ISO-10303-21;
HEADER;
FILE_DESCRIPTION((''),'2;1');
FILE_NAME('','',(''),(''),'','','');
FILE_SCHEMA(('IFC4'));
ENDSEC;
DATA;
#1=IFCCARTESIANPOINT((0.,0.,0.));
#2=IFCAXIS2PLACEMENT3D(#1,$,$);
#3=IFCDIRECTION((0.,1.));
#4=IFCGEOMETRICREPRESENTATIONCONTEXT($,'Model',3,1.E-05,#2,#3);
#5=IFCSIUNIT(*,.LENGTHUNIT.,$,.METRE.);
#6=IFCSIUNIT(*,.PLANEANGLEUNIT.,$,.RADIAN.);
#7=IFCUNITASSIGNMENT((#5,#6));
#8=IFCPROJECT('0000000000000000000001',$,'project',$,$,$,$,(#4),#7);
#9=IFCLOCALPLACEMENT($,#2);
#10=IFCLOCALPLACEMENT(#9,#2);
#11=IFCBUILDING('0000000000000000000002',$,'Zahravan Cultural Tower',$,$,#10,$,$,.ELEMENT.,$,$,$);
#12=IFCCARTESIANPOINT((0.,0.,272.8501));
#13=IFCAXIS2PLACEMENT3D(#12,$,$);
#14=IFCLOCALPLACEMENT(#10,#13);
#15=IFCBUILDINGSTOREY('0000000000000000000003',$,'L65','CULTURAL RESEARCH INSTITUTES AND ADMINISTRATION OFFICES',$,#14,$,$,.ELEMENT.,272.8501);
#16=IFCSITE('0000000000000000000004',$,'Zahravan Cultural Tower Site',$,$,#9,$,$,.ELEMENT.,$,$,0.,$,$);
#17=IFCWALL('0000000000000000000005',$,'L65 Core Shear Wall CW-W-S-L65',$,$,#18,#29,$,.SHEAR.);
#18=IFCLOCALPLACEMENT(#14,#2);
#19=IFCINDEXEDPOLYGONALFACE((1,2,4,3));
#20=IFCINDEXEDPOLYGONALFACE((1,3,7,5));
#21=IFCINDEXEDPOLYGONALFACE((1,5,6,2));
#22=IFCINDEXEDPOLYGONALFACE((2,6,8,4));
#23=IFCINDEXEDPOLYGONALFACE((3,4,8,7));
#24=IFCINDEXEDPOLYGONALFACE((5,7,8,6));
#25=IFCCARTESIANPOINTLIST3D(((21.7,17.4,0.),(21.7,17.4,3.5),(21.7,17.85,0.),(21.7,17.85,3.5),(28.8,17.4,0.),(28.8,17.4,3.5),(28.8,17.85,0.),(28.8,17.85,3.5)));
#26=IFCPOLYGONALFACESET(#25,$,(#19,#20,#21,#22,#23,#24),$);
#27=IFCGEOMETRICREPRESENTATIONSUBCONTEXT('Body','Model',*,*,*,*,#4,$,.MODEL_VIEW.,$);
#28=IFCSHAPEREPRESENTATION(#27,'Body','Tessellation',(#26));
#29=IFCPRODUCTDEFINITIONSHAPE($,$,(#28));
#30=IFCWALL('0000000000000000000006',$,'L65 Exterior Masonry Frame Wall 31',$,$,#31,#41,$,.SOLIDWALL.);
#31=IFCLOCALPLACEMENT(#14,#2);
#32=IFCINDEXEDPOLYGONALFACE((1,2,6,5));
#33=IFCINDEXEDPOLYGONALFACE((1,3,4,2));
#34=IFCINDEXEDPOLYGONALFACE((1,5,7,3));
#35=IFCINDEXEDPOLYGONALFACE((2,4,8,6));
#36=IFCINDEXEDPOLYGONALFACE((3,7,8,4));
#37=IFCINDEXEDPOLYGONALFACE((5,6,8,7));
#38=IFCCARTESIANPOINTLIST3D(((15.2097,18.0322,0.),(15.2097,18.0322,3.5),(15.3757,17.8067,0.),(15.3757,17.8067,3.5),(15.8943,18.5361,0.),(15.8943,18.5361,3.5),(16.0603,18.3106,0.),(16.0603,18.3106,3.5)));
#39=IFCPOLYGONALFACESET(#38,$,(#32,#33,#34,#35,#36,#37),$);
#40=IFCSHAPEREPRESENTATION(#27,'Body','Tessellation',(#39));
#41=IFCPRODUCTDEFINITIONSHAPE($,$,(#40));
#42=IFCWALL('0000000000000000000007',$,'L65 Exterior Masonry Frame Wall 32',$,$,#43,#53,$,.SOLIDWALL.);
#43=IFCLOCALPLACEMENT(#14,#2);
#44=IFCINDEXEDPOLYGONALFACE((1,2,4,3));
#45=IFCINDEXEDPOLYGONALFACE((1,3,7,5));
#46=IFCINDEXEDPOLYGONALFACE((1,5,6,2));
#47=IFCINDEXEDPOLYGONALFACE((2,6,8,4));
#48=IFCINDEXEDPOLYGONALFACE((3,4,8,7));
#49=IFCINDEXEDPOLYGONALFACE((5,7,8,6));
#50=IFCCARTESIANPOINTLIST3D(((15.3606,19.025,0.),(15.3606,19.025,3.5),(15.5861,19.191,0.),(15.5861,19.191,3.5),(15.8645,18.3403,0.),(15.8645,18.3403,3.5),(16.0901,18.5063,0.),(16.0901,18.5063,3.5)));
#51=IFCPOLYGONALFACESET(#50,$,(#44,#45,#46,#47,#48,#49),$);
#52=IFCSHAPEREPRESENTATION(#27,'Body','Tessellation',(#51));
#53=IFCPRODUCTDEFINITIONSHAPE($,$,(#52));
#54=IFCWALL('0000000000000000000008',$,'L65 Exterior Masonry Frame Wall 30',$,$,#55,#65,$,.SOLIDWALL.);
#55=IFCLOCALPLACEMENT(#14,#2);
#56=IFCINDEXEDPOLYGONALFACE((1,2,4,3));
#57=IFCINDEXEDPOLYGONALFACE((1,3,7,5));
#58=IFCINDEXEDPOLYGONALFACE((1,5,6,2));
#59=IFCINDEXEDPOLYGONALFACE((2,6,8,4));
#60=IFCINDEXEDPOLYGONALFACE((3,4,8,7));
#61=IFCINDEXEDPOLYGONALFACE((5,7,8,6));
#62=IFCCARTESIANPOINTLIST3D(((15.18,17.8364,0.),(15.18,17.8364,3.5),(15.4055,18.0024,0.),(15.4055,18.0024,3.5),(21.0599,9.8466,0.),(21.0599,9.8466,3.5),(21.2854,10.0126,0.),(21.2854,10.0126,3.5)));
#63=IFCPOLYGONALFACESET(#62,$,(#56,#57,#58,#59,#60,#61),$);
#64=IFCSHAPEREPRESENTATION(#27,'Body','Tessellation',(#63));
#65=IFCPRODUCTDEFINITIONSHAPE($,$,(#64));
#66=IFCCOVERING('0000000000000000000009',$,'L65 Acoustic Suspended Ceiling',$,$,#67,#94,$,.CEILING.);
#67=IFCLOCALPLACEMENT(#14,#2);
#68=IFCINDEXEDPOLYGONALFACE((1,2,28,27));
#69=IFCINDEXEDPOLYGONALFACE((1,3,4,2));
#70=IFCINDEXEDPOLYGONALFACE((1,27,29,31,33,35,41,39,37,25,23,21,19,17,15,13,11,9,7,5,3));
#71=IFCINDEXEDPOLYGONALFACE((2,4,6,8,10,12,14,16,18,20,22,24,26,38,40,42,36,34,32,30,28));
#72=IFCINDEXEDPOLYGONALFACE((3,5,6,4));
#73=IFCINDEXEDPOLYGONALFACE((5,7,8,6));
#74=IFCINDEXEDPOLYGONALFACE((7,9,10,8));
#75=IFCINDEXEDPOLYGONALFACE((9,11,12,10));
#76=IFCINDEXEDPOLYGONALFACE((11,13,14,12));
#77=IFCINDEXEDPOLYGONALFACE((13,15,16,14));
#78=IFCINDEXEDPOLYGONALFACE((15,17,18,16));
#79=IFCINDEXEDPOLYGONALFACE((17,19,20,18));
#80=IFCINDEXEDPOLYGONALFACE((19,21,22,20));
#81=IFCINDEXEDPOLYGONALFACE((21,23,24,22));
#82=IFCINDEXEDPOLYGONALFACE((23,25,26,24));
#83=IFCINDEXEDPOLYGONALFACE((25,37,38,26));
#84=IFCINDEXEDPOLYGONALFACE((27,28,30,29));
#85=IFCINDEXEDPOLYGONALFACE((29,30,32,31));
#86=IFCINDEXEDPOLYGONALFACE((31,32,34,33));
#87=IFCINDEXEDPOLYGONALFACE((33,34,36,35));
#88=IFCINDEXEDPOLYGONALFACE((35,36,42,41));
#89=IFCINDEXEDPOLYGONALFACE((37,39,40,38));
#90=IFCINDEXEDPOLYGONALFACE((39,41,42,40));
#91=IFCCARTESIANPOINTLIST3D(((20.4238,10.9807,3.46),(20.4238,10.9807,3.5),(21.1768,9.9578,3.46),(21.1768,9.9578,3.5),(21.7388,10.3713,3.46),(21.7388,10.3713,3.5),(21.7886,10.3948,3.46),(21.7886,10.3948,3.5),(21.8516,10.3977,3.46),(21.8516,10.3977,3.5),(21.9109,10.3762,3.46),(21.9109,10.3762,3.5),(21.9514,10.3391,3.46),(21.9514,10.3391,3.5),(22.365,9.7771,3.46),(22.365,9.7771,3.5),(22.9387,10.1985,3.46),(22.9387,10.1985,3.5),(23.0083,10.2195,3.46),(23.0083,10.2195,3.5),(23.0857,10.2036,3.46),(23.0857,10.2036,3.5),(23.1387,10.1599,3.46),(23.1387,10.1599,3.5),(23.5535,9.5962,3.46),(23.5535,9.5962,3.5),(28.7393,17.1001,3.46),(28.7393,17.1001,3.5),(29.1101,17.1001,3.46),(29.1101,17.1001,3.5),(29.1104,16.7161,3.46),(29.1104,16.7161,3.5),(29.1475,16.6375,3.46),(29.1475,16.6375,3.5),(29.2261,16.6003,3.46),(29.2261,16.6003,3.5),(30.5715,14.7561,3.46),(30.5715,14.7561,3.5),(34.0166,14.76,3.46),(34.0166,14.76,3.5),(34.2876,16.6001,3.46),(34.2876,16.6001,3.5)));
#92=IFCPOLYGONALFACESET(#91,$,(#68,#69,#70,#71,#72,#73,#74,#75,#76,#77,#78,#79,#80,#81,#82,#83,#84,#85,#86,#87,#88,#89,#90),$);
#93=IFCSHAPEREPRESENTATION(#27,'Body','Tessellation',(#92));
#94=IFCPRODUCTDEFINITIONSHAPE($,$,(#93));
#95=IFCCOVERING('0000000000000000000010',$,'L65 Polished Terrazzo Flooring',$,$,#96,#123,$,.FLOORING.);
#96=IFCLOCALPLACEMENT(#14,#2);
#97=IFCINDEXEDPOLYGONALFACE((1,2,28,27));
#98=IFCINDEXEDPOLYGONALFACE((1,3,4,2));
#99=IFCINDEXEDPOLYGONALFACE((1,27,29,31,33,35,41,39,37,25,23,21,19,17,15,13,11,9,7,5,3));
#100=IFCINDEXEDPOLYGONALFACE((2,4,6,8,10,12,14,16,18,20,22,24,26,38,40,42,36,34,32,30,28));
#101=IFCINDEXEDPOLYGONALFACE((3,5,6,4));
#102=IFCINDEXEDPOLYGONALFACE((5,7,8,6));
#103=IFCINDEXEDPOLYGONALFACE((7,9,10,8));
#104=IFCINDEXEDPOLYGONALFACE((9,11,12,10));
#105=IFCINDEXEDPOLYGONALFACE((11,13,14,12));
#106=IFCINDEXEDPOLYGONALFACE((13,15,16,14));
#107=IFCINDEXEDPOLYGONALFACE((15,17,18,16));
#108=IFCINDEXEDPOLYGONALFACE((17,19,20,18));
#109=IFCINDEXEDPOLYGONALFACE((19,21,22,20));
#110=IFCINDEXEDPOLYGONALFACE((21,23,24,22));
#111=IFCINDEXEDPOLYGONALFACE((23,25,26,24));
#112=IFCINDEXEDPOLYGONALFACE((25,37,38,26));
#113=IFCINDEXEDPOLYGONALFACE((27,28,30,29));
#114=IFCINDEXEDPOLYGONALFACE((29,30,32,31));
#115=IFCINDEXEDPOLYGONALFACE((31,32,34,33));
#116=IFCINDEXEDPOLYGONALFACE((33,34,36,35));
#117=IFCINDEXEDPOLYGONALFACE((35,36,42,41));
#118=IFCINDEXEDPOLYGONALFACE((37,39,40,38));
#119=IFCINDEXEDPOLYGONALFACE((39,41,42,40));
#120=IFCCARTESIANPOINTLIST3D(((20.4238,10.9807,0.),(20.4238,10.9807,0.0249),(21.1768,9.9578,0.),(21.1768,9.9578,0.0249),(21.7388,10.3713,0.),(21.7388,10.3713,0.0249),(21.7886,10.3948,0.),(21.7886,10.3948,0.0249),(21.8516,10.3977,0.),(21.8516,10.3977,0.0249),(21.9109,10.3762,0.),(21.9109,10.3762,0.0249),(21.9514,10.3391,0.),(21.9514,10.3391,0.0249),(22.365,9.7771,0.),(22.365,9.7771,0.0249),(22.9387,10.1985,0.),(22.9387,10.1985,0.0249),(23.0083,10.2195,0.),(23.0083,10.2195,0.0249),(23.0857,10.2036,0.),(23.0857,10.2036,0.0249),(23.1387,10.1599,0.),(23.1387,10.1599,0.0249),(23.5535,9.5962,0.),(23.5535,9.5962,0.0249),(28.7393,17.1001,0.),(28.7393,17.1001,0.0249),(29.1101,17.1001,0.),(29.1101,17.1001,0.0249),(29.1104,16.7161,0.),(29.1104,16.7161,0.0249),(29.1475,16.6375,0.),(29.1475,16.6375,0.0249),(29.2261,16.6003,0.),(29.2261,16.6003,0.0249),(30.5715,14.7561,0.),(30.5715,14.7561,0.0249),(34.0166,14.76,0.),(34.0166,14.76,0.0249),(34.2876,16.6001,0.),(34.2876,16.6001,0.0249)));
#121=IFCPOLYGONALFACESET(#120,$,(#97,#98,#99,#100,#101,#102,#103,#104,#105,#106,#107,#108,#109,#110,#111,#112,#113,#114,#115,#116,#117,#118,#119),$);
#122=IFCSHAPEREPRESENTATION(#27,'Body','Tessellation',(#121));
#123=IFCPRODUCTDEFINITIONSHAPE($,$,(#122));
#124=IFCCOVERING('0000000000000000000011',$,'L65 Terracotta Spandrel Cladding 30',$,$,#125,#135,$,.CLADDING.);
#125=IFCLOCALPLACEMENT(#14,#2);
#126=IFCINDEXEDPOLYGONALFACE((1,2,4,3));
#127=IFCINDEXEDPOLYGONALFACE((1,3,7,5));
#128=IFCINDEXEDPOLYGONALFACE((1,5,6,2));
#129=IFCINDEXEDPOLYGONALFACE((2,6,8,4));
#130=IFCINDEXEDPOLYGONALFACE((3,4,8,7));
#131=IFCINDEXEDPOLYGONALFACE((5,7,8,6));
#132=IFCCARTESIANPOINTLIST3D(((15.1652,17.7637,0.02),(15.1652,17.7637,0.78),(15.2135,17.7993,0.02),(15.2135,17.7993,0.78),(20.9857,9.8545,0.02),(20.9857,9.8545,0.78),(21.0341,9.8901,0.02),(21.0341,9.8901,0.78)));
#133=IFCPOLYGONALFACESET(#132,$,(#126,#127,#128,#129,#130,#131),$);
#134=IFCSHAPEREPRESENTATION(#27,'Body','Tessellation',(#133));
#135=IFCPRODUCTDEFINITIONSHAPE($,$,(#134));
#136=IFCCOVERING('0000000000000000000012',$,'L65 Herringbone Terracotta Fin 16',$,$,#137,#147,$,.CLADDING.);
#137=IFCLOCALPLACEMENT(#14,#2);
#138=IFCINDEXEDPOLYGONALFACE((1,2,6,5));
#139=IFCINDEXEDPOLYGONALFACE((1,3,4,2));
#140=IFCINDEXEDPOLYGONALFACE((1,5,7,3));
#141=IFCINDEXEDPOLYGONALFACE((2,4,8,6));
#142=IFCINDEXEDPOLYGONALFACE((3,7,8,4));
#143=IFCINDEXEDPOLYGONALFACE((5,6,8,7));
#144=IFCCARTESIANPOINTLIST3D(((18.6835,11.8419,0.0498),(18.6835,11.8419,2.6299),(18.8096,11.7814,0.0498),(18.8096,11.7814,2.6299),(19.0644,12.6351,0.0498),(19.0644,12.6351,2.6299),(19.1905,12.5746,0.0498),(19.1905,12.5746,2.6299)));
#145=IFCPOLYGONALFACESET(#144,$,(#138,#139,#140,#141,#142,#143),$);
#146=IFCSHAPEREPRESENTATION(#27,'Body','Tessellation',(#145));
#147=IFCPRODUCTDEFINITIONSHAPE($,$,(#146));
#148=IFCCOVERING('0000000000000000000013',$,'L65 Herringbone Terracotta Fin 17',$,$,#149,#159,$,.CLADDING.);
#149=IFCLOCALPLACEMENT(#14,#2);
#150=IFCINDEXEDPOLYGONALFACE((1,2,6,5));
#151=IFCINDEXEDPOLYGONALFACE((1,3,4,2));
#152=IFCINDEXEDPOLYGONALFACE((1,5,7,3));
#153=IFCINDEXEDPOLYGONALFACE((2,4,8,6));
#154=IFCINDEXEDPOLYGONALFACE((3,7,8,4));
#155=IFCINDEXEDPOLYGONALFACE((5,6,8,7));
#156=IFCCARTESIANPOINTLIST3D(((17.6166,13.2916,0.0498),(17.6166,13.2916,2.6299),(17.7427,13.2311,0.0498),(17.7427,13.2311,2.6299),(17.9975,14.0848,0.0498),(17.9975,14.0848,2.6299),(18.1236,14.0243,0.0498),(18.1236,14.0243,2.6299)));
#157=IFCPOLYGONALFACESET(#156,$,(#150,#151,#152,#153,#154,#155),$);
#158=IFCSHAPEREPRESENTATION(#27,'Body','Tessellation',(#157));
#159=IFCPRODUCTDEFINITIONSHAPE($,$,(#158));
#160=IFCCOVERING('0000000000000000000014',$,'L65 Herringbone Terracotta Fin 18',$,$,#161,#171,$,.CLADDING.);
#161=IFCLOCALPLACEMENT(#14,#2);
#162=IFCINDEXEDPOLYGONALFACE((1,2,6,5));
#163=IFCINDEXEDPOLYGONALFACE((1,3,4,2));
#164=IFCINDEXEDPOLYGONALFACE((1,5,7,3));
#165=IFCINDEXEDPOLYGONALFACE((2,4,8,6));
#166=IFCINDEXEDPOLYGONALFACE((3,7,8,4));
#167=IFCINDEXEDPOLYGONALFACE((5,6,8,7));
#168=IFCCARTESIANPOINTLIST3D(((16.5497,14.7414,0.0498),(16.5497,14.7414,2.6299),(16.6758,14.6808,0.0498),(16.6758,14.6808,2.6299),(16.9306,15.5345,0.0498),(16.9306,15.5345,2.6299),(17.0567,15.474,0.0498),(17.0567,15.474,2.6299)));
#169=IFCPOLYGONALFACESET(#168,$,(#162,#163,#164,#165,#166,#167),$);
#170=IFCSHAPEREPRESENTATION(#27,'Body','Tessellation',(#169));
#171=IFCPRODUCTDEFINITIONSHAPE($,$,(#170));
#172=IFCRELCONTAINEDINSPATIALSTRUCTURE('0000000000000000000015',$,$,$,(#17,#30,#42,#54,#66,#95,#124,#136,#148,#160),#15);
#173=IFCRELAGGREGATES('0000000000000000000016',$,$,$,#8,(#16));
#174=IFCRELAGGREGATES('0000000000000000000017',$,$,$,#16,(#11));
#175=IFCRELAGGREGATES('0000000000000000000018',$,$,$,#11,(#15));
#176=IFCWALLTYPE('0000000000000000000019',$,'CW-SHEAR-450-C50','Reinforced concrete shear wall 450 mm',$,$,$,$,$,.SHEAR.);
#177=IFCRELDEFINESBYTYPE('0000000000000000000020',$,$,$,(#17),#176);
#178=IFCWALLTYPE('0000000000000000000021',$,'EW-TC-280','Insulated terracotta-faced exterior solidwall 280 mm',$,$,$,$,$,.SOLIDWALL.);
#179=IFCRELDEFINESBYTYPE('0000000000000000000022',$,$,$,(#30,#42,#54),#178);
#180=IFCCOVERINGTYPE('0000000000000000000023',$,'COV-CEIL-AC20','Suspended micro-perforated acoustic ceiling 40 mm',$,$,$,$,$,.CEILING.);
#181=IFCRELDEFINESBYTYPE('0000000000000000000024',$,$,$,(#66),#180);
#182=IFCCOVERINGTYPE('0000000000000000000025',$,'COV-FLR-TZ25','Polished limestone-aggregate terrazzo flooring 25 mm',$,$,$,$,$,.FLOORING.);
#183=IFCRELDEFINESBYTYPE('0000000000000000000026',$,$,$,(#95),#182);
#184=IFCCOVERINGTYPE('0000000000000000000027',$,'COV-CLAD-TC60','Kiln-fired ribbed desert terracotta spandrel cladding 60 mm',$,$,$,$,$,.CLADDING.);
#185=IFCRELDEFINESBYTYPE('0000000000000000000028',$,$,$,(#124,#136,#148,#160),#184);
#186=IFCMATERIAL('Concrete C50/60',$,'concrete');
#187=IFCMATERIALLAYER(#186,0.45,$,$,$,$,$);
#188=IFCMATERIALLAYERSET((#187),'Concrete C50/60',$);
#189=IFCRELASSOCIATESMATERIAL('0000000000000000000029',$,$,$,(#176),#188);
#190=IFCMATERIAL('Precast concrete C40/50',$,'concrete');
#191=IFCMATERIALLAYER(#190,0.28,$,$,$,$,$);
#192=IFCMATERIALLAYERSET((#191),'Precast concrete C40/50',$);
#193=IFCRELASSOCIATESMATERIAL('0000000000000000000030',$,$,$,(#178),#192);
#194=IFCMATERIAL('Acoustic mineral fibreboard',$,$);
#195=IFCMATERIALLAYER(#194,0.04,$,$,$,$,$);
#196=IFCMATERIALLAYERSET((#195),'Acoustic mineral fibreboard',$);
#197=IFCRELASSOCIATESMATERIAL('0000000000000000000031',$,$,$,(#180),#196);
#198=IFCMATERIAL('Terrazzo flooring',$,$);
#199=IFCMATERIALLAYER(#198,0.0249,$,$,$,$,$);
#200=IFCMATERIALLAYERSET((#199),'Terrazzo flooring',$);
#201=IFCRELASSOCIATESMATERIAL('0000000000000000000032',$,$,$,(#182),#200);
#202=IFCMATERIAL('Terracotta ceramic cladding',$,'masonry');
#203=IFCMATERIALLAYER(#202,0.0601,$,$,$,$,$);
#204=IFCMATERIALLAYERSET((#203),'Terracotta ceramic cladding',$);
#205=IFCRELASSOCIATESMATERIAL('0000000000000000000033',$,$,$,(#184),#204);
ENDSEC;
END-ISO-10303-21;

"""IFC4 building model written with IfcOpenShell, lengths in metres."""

from ifc_helpers import new_model, si_unit, direction, frame, frame_2d, origin, origin_2d, place, context, subcontext, project, spatial, polyline, rectangle, outline, extrude, source, transform, mapped, material, layer, layer_set, type_object, element, save


model = new_model("IFC4")

# Units and contexts
model_context = context("Model", 3, precision=1e-05, world=origin(), true_north=direction((0.0, 1.0)))
body_context = subcontext(model_context, "Body", "Model", "MODEL_VIEW")
ifc_project = project(units=[si_unit("LENGTHUNIT", "METRE"), si_unit("PLANEANGLEUNIT", "RADIAN")], contexts=[model_context])

# Site, building, storey
site_placement = place(None, origin())
site = spatial("IfcSite", under=ifc_project, at=site_placement, Name="Zahravan Cultural Tower Site", CompositionType="ELEMENT", RefElevation=0.0)
building_placement = place(site_placement, origin())
building = spatial("IfcBuilding", under=site, at=building_placement, Name="Zahravan Cultural Tower", CompositionType="ELEMENT")
storey_placement = place(building_placement, frame((0.0, 0.0, 272.8501)))
storey = spatial("IfcBuildingStorey", under=building, at=storey_placement, Name="L65", Description="CULTURAL RESEARCH INSTITUTES AND ADMINISTRATION OFFICES", CompositionType="ELEMENT", Elevation=272.8501)

# Shared definitions
ifc_material_1 = material(Name="Concrete C50/60", Category="concrete")

# Walls
ifc_layer_1 = layer(ifc_material_1, 0.45)
ifc_layer_set_1 = layer_set([ifc_layer_1], Name="Concrete C50/60")
wall_type_1 = type_object("IfcWallType", Name="CW-SHEAR-450-C50", Description="Reinforced concrete shear wall 450 mm", PredefinedType="SHEAR", material=ifc_layer_set_1)
shared_shape_1 = source(origin(), body_context, "Body", "SweptSolid", [
    extrude(rectangle(XDim=7.1001, YDim=0.45, at=frame_2d((3.55, 0.0))), origin(), (0.0, 0.0, 1.0), 3.5),
])
wall_1_placement = place(storey_placement, frame((21.7, 17.625, 0.0), z_axis=(0.0, 0.0, 1.0), x_axis=(1.0, 0.0, 0.0)))
element("IfcWall", 1, at=wall_1_placement, inside=storey, type_object=wall_type_1, Name="L65 Core Shear Wall CW-W-S-L65", PredefinedType="SHEAR", context=body_context, shape_type="MappedRepresentation", body=[
    mapped(shared_shape_1, transform((0.0, 0.0, 0.0), x_axis=(1.0, 0.0, 0.0), y_axis=(0.0, 1.0, 0.0), z_axis=(0.0, 0.0, 1.0), scale=1.0)),
])
ifc_material_2 = material(Name="Precast concrete C40/50", Category="concrete")
ifc_layer_2 = layer(ifc_material_2, 0.28)
ifc_layer_set_2 = layer_set([ifc_layer_2], Name="Precast concrete C40/50")
wall_type_2 = type_object("IfcWallType", Name="EW-TC-280", Description="Insulated terracotta-faced exterior solidwall 280 mm", PredefinedType="SOLIDWALL", material=ifc_layer_set_2)
shared_shape_2 = source(origin(), body_context, "Body", "SweptSolid", [
    extrude(rectangle(XDim=0.8501, YDim=0.28, at=frame_2d((0.425, 0.0))), origin(), (0.0, 0.0, 1.0), 3.5),
])
for number, where, z_axis, x_axis, name in (
    (2, (15.2927, 17.9194, 0.0), (0.0, 0.0, 1.0), (0.805345, 0.592807, 0.0), "L65 Exterior Masonry Frame Wall 31"),
    (3, (15.9773, 18.4233, 0.0), (0.0, 0.0, 1.0), (-0.592807, 0.805345, 0.0), "L65 Exterior Masonry Frame Wall 32"),
):
    element("IfcWall", number, at=place(storey_placement, frame(where, z_axis=z_axis, x_axis=x_axis)), inside=storey, type_object=wall_type_2, Name=name, PredefinedType="SOLIDWALL", context=body_context, shape_type="MappedRepresentation", body=[
        mapped(shared_shape_2, transform((0.0, 0.0, 0.0), x_axis=(1.0, 0.0, 0.0), y_axis=(0.0, 1.0, 0.0), z_axis=(0.0, 0.0, 1.0), scale=1.0)),
    ])
shared_shape_3 = source(origin(), body_context, "Body", "SweptSolid", [
    extrude(rectangle(XDim=9.9202, YDim=0.28, at=frame_2d((4.96, 0.0))), origin(), (0.0, 0.0, 1.0), 3.5),
])
wall_2_placement = place(storey_placement, frame((21.1726, 9.9297, 0.0), z_axis=(0.0, 0.0, 1.0), x_axis=(-0.592722, 0.805407, 0.0)))
element("IfcWall", 4, at=wall_2_placement, inside=storey, type_object=wall_type_2, Name="L65 Exterior Masonry Frame Wall 30", PredefinedType="SOLIDWALL", context=body_context, shape_type="MappedRepresentation", body=[
    mapped(shared_shape_3, transform((0.0, 0.0, 0.0), x_axis=(1.0, 0.0, 0.0), y_axis=(0.0, 1.0, 0.0), z_axis=(0.0, 0.0, 1.0), scale=1.0)),
])

# Coverings
ifc_material_3 = material(Name="Acoustic mineral fibreboard")
ifc_layer_3 = layer(ifc_material_3, 0.04)
ifc_layer_set_3 = layer_set([ifc_layer_3], Name="Acoustic mineral fibreboard")
covering_type_1 = type_object("IfcCoveringType", Name="COV-CEIL-AC20", Description="Suspended micro-perforated acoustic ceiling 40 mm", PredefinedType="CEILING", material=ifc_layer_set_3)
covering_1_placement = place(storey_placement, frame((0.0, 0.0, 3.46)))
element("IfcCovering", 5, at=covering_1_placement, inside=storey, type_object=covering_type_1, Name="L65 Acoustic Suspended Ceiling", PredefinedType="CEILING", context=body_context, shape_type="SweptSolid", body=[
    extrude(outline(polyline([(21.1768, 9.9578), (21.7388, 10.3713), (21.7886, 10.3948), (21.8516, 10.3977), (21.9109, 10.3762), (21.9514, 10.3391), (22.365, 9.7771), (22.9387, 10.1985), (23.0083, 10.2195), (23.0857, 10.2036), (23.1387, 10.1599), (23.5535, 9.5962), (30.5715, 14.7561), (34.0166, 14.76), (34.2876, 16.6001), (29.2261, 16.6003), (29.1475, 16.6375), (29.1104, 16.7161), (29.1101, 17.1001), (28.7393, 17.1001), (20.4238, 10.9807), (21.1768, 9.9578)])), origin(), (0.0, 0.0, 1.0), 0.04),
])
ifc_material_4 = material(Name="Terrazzo flooring")
ifc_layer_4 = layer(ifc_material_4, 0.0249)
ifc_layer_set_4 = layer_set([ifc_layer_4], Name="Terrazzo flooring")
covering_type_2 = type_object("IfcCoveringType", Name="COV-FLR-TZ25", Description="Polished limestone-aggregate terrazzo flooring 25 mm", PredefinedType="FLOORING", material=ifc_layer_set_4)
covering_2_placement = place(storey_placement, origin())
element("IfcCovering", 6, at=covering_2_placement, inside=storey, type_object=covering_type_2, Name="L65 Polished Terrazzo Flooring", PredefinedType="FLOORING", context=body_context, shape_type="SweptSolid", body=[
    extrude(outline(polyline([(21.1768, 9.9578), (21.7388, 10.3713), (21.7886, 10.3948), (21.8516, 10.3977), (21.9109, 10.3762), (21.9514, 10.3391), (22.365, 9.7771), (22.9387, 10.1985), (23.0083, 10.2195), (23.0857, 10.2036), (23.1387, 10.1599), (23.5535, 9.5962), (30.5715, 14.7561), (34.0166, 14.76), (34.2876, 16.6001), (29.2261, 16.6003), (29.1475, 16.6375), (29.1104, 16.7161), (29.1101, 17.1001), (28.7393, 17.1001), (20.4238, 10.9807), (21.1768, 9.9578)])), origin(), (0.0, 0.0, 1.0), 0.0249),
])
ifc_material_5 = material(Name="Terracotta ceramic cladding", Category="masonry")
ifc_layer_5 = layer(ifc_material_5, 0.0601)
ifc_layer_set_5 = layer_set([ifc_layer_5], Name="Terracotta ceramic cladding")
covering_type_3 = type_object("IfcCoveringType", Name="COV-CLAD-TC60", Description="Kiln-fired ribbed desert terracotta spandrel cladding 60 mm", PredefinedType="CLADDING", material=ifc_layer_set_5)
shared_shape_4 = source(origin(), body_context, "Body", "SweptSolid", [
    extrude(rectangle(XDim=9.8201, YDim=0.0601, at=origin_2d()), origin(), (0.0, 0.0, 1.0), 0.76),
])
covering_3_placement = place(storey_placement, frame((18.0996, 13.8269, 0.02), z_axis=(0.0, 0.0, 1.0), x_axis=(-0.592716, 0.805411, 0.0)))
element("IfcCovering", 7, at=covering_3_placement, inside=storey, type_object=covering_type_3, Name="L65 Terracotta Spandrel Cladding 30", PredefinedType="CLADDING", context=body_context, shape_type="MappedRepresentation", body=[
    mapped(shared_shape_4, transform((0.0, 0.0, 0.0), x_axis=(1.0, 0.0, 0.0), y_axis=(0.0, 1.0, 0.0), z_axis=(0.0, 0.0, 1.0), scale=1.0)),
])
shared_shape_5 = source(origin(), body_context, "Body", "SweptSolid", [
    extrude(rectangle(XDim=0.8799, YDim=0.1399, at=origin_2d()), origin(), (0.0, 0.0, 1.0), 2.5801),
])
for number, where, z_axis, x_axis, name in (
    (8, (18.937, 12.2083, 0.0498), (0.0, 0.0, 1.0), (-0.432873, -0.901455, 0.0), "L65 Herringbone Terracotta Fin 16"),
    (9, (17.8701, 13.658, 0.0498), (0.0, 0.0, 1.0), (-0.432873, -0.901455, 0.0), "L65 Herringbone Terracotta Fin 17"),
    (10, (16.8032, 15.1077, 0.0498), (0.0, 0.0, 1.0), (-0.432873, -0.901455, 0.0), "L65 Herringbone Terracotta Fin 18"),
):
    element("IfcCovering", number, at=place(storey_placement, frame(where, z_axis=z_axis, x_axis=x_axis)), inside=storey, type_object=covering_type_3, Name=name, PredefinedType="CLADDING", context=body_context, shape_type="MappedRepresentation", body=[
        mapped(shared_shape_5, transform((0.0, 0.0, 0.0), x_axis=(1.0, 0.0, 0.0), y_axis=(0.0, 1.0, 0.0), z_axis=(0.0, 0.0, 1.0), scale=1.0)),
    ])

save(model, "model.ifc")
